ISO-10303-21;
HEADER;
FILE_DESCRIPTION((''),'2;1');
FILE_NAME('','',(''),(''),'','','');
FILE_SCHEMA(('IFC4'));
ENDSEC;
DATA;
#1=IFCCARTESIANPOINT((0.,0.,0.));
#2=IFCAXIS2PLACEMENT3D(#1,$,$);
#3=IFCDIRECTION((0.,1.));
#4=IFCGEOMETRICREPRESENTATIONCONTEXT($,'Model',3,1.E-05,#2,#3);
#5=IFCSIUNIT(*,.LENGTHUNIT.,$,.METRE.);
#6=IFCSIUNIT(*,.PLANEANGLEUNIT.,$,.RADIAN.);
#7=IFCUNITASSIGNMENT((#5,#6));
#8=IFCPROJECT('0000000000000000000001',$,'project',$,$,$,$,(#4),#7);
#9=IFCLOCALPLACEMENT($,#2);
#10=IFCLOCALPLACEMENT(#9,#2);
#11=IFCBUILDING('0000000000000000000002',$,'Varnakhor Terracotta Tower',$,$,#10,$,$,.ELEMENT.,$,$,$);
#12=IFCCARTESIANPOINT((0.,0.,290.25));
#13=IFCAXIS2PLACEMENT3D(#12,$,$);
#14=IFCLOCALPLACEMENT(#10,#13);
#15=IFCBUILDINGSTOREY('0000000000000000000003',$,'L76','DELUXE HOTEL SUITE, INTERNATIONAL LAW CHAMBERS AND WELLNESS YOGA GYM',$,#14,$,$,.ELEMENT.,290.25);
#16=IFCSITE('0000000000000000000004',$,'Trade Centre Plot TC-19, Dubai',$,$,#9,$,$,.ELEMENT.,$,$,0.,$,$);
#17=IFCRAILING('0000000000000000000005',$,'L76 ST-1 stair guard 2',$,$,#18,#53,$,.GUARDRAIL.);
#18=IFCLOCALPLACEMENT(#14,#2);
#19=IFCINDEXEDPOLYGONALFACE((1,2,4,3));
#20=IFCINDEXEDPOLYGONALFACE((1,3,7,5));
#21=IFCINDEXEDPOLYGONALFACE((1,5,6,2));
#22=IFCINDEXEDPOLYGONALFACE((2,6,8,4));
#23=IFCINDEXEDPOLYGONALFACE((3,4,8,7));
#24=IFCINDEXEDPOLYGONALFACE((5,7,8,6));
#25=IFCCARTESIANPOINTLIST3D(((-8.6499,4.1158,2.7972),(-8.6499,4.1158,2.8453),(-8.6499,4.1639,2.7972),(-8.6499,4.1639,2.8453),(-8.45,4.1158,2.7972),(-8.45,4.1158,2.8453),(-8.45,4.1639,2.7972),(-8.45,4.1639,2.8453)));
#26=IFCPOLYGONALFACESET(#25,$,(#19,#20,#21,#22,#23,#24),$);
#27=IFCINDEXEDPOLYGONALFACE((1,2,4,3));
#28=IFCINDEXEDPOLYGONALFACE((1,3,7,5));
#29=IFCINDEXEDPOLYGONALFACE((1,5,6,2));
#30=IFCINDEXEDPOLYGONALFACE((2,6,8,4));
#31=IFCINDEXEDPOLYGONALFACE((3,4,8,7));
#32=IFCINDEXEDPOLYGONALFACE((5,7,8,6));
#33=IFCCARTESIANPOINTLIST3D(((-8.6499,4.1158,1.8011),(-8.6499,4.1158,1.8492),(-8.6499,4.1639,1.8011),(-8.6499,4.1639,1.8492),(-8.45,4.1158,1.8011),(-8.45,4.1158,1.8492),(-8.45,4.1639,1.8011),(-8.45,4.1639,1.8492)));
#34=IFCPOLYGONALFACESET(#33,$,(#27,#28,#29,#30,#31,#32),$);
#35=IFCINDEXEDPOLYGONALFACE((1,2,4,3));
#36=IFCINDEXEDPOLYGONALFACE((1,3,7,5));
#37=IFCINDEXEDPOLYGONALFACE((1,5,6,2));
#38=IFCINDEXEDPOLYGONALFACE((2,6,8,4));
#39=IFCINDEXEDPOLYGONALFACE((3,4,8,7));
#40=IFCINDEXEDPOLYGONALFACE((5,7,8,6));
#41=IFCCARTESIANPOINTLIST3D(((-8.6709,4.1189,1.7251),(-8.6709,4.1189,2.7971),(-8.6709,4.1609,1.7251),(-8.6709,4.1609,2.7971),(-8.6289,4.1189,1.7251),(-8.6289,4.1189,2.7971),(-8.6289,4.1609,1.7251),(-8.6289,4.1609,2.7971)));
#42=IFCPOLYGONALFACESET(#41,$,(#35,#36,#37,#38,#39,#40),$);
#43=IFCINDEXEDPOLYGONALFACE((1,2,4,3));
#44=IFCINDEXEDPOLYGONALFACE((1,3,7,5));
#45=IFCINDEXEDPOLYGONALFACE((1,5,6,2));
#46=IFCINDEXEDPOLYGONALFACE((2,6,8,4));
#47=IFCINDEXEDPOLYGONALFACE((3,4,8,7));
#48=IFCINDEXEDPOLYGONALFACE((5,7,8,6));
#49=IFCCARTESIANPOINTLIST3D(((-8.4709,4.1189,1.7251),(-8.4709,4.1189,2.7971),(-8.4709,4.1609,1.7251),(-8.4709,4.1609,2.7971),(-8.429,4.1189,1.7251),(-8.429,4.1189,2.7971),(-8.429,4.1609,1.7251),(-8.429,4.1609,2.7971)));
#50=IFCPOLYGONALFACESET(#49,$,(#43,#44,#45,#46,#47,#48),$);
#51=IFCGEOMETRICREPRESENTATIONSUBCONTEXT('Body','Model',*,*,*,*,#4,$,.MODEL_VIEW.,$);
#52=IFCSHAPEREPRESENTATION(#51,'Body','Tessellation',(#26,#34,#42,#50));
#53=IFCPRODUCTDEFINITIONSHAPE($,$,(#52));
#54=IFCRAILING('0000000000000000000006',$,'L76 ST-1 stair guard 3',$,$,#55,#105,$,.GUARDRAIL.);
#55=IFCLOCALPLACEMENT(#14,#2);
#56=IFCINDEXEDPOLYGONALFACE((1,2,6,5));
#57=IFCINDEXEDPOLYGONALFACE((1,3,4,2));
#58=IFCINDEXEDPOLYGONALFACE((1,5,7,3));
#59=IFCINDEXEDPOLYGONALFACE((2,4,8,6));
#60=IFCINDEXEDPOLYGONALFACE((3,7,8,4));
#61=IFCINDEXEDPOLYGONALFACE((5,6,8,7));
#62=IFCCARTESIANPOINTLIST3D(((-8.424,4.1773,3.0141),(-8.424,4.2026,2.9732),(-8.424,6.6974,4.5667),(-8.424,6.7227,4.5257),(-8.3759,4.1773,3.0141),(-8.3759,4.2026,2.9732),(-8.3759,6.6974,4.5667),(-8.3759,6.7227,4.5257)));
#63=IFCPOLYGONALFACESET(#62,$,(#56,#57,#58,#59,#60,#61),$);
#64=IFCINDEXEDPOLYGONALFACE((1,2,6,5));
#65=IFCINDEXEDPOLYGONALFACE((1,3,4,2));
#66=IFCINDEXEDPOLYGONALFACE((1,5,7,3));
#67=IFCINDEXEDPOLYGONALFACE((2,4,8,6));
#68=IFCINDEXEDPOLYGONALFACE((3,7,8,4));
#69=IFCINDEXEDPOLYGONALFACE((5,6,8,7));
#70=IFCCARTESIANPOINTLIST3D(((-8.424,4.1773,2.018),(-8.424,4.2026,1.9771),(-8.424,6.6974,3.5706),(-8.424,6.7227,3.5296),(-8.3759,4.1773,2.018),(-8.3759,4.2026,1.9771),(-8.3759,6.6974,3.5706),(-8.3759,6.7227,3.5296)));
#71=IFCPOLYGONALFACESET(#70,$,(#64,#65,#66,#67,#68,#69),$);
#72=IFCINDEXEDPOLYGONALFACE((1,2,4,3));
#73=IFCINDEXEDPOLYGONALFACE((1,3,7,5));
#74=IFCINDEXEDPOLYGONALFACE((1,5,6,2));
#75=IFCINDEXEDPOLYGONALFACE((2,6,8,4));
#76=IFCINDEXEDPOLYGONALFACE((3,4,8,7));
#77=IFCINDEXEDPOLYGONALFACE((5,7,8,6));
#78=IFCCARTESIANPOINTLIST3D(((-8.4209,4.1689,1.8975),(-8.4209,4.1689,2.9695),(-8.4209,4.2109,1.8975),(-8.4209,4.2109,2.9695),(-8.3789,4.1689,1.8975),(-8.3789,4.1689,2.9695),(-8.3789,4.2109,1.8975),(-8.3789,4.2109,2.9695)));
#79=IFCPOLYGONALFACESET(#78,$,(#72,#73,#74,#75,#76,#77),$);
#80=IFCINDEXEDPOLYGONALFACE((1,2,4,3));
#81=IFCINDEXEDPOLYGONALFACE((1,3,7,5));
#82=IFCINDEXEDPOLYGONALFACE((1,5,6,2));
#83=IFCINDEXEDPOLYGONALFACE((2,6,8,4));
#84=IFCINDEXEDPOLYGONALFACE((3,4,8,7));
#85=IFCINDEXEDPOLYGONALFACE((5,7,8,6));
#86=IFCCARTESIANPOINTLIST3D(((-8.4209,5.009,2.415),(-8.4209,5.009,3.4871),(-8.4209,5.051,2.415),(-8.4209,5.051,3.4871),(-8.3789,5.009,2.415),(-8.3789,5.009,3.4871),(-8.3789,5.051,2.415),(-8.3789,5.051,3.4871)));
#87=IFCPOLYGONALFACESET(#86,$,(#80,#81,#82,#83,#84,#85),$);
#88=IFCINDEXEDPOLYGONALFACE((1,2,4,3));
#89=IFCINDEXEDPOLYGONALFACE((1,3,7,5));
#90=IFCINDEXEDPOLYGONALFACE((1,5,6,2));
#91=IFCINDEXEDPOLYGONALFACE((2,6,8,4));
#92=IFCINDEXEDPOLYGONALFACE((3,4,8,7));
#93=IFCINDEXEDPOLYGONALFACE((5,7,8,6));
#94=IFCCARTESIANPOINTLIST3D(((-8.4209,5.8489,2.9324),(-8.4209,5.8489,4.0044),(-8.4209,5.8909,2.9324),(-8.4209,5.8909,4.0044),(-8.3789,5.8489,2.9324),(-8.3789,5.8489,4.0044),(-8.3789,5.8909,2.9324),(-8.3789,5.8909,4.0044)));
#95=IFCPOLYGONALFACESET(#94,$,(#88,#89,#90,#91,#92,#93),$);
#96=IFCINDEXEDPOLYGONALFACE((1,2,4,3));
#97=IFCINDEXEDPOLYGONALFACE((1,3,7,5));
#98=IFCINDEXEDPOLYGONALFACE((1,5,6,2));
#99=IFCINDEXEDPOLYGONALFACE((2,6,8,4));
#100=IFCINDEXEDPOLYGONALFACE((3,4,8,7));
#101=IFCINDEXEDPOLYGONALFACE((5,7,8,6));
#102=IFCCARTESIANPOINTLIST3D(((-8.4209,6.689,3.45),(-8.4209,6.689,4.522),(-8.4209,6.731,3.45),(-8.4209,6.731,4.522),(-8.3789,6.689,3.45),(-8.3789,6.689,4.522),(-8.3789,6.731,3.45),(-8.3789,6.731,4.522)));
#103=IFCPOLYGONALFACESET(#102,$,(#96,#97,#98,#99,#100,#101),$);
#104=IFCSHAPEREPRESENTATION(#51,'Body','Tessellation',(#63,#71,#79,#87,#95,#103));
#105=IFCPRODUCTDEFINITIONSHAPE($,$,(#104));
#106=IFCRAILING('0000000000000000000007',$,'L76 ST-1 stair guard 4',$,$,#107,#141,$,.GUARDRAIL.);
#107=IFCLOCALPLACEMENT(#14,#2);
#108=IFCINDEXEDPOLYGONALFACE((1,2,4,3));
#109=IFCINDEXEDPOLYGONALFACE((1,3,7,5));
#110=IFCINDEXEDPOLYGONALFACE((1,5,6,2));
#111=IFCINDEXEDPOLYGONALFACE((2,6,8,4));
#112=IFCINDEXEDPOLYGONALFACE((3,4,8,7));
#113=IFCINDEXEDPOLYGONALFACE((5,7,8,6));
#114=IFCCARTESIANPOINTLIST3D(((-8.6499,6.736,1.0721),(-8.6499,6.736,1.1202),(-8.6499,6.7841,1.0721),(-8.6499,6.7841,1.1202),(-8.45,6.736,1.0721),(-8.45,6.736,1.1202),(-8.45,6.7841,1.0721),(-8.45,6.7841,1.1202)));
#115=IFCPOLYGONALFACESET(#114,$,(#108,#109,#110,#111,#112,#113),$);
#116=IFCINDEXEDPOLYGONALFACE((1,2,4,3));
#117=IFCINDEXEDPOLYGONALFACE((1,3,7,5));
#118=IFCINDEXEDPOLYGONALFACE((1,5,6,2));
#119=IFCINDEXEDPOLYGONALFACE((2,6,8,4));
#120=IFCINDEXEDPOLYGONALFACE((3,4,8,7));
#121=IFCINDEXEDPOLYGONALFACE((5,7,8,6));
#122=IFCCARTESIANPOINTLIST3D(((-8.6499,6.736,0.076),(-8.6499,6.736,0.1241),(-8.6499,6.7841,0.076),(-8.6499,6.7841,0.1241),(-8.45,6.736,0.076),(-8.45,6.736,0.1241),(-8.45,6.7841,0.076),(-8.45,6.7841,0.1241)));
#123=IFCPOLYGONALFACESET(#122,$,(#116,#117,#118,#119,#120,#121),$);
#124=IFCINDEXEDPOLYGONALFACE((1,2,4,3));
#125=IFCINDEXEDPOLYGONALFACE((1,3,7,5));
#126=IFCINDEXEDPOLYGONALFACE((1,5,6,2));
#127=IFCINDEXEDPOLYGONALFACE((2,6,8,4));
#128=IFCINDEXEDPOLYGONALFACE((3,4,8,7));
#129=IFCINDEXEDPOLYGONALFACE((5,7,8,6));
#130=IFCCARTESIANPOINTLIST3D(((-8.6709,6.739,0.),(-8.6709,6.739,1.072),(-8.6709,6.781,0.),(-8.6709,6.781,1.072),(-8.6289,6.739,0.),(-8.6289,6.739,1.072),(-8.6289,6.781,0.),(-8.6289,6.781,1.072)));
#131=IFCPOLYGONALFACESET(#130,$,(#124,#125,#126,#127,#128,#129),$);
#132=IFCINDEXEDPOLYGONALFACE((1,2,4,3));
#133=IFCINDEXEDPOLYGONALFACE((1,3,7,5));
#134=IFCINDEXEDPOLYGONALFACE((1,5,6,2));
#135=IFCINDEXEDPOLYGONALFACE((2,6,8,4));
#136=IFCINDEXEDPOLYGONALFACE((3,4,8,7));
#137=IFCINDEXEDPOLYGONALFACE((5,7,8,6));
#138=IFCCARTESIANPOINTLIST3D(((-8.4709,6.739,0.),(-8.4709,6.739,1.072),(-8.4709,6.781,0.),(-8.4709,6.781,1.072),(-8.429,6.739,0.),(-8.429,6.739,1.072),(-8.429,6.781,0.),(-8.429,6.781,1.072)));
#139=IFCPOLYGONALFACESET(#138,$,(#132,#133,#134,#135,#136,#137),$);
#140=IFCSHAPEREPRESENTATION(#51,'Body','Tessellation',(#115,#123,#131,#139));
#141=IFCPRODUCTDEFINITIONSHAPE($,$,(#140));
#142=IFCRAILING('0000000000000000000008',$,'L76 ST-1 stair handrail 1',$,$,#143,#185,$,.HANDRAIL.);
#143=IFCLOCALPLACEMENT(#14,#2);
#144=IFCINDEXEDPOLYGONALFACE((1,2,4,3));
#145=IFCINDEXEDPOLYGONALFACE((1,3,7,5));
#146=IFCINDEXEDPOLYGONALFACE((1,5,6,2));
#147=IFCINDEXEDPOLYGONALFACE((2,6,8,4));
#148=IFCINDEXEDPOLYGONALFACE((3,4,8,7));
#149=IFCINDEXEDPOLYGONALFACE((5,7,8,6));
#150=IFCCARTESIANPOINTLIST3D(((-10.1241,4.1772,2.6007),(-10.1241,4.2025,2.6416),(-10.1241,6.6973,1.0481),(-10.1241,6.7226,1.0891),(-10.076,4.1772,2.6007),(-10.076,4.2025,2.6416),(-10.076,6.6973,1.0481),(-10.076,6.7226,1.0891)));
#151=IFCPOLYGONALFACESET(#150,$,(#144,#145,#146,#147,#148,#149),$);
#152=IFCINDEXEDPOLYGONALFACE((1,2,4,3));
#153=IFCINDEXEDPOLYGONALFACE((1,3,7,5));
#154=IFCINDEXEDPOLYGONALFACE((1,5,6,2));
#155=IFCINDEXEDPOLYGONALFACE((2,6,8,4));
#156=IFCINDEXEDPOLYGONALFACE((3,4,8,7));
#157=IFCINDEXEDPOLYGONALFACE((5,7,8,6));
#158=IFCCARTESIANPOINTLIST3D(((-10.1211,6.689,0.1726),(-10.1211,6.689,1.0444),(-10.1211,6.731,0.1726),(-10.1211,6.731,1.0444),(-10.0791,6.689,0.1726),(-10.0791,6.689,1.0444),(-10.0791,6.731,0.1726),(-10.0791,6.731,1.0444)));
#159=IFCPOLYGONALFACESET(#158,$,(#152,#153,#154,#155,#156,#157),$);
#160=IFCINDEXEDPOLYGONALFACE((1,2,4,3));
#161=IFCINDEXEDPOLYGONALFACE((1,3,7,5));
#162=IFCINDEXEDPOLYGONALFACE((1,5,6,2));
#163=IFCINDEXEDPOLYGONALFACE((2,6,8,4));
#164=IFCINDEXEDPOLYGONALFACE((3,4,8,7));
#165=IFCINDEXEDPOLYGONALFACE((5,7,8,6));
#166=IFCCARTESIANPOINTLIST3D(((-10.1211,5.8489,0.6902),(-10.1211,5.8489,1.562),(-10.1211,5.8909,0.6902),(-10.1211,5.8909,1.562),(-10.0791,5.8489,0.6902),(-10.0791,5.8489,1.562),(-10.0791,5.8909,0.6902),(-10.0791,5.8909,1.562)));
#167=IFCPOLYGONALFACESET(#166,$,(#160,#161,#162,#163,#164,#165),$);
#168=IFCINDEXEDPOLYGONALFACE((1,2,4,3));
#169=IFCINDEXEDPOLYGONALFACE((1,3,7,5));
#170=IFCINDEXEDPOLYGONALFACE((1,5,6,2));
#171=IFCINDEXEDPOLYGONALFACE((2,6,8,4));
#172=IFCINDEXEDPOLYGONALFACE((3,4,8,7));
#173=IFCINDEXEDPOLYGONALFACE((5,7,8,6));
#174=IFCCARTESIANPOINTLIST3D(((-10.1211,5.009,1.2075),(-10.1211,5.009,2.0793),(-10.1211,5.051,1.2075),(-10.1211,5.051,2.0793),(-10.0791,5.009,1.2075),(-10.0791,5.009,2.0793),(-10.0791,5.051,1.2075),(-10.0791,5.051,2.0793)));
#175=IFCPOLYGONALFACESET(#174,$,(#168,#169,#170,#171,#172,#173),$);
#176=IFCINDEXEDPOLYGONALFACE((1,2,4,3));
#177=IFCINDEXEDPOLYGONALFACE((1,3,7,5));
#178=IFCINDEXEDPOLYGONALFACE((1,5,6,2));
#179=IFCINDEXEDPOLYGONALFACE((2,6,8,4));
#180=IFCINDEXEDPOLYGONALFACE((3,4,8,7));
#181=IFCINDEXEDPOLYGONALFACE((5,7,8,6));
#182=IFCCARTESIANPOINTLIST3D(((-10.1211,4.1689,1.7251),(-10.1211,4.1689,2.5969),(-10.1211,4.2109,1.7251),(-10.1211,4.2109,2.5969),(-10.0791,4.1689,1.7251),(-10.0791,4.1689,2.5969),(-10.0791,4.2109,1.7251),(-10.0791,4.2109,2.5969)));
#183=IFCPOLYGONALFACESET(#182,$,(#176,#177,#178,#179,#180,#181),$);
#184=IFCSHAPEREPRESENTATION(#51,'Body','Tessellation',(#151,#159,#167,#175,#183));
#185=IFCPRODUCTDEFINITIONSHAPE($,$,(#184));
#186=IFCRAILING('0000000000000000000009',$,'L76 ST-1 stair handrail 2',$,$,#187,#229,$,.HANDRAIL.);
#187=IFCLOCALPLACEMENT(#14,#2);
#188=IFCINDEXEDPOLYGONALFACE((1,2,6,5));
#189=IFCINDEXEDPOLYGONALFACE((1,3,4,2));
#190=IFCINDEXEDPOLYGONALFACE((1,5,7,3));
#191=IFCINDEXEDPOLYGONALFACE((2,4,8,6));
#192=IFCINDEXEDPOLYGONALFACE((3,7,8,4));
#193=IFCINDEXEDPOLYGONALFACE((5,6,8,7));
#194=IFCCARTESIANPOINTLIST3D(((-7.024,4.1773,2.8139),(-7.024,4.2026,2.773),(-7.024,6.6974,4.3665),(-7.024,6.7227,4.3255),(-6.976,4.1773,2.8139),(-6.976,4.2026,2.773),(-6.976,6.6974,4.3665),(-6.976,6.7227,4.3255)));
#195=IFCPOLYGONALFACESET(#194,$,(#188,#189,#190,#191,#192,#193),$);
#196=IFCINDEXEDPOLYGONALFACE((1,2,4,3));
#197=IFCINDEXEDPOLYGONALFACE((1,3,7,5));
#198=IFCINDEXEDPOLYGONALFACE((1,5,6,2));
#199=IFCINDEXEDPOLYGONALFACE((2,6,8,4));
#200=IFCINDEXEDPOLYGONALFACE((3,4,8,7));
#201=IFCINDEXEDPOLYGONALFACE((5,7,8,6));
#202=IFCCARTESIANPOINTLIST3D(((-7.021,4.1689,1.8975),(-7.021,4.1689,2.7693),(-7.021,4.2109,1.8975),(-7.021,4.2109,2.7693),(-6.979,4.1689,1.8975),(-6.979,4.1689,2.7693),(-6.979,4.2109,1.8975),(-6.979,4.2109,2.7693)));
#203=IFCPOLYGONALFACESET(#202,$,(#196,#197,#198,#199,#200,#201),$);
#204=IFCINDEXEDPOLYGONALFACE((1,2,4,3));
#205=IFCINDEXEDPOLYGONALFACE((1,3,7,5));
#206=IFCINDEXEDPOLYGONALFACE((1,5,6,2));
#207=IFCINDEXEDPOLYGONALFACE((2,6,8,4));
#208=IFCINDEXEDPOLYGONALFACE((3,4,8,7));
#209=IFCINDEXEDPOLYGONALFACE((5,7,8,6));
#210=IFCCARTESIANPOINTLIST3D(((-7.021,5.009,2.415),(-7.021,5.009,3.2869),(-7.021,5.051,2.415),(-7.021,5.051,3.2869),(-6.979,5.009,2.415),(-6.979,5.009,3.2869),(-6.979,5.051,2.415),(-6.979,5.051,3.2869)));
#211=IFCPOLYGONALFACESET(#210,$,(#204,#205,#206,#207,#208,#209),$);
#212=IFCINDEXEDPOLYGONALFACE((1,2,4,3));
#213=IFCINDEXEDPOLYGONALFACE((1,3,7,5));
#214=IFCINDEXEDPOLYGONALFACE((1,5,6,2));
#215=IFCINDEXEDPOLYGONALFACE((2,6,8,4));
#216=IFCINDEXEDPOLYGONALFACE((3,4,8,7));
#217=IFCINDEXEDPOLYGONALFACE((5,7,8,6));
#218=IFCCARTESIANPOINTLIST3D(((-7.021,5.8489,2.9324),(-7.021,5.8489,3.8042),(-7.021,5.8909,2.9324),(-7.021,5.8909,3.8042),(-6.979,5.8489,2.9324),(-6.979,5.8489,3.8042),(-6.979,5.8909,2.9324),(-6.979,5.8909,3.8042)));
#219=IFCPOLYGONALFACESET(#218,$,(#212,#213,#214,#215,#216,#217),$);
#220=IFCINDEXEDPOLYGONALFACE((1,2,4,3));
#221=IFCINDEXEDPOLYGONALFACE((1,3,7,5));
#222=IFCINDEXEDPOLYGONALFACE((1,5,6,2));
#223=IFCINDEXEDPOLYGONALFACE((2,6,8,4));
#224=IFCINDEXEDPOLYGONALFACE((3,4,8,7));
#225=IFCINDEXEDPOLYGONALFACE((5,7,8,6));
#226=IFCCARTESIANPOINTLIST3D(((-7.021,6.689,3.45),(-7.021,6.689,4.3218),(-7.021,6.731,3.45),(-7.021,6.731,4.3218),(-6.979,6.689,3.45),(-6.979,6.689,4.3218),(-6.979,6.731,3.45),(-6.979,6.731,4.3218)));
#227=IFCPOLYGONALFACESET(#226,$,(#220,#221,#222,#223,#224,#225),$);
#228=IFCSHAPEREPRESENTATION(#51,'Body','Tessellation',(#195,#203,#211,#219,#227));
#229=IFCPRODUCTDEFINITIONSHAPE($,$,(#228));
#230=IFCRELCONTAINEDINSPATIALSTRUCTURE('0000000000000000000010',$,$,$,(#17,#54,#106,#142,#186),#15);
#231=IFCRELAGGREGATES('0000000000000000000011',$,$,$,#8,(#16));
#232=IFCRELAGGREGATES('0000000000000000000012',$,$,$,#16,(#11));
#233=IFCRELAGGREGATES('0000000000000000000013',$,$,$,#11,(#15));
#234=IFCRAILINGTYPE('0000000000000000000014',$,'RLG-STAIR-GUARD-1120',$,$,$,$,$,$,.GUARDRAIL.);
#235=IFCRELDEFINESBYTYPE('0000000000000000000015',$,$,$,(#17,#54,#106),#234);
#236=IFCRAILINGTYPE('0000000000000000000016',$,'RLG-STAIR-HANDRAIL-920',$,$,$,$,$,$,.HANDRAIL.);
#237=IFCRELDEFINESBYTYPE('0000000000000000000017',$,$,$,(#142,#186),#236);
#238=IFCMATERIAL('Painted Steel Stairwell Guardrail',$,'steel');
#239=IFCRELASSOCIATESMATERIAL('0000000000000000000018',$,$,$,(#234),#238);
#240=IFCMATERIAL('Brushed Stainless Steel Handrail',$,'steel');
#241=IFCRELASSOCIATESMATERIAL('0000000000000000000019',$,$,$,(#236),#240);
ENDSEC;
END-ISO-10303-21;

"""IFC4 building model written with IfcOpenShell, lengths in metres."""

from ifc_helpers import new_model, si_unit, direction, frame, origin, origin_2d, place, context, subcontext, project, spatial, rectangle, extrude, material, type_object, element, save


model = new_model("IFC4")

# Units and contexts
model_context = context("Model", 3, precision=1e-05, world=origin(), true_north=direction((0.0, 1.0)))
body_context = subcontext(model_context, "Body", "Model", "MODEL_VIEW")
ifc_project = project(units=[si_unit("LENGTHUNIT", "METRE"), si_unit("PLANEANGLEUNIT", "RADIAN")], contexts=[model_context])

# Site, building, storey
site_placement = place(None, origin())
site = spatial("IfcSite", under=ifc_project, at=site_placement, Name="Trade Centre Plot TC-19, Dubai", CompositionType="ELEMENT", RefElevation=0.0)
building_placement = place(site_placement, origin())
building = spatial("IfcBuilding", under=site, at=building_placement, Name="Varnakhor Terracotta Tower", CompositionType="ELEMENT")
storey_placement = place(building_placement, frame((0.0, 0.0, 290.25)))
storey = spatial("IfcBuildingStorey", under=building, at=storey_placement, Name="L76", Description="DELUXE HOTEL SUITE, INTERNATIONAL LAW CHAMBERS AND WELLNESS YOGA GYM", CompositionType="ELEMENT", Elevation=290.25)

# Railings
ifc_material_1 = material(Name="Painted Steel Stairwell Guardrail", Category="steel")
railing_type_1 = type_object("IfcRailingType", Name="RLG-STAIR-GUARD-1120", PredefinedType="GUARDRAIL", material=ifc_material_1)
railing_1_placement = place(storey_placement, frame((-8.6499, 4.1399, 1.7251)))
element("IfcRailing", 1, at=railing_1_placement, inside=storey, type_object=railing_type_1, Name="L76 ST-1 stair guard 2", PredefinedType="GUARDRAIL", context=body_context, shape_type="SweptSolid", body=[
    extrude(rectangle(XDim=0.0481, YDim=0.0481, at=origin_2d()), frame((0.0, 0.0, 1.0962), z_axis=(1.0, 0.0, 0.0), x_axis=(0.0, 1.0, 0.0)), (0.0, 0.0, 1.0), 0.2),
    extrude(rectangle(XDim=0.0481, YDim=0.0481, at=origin_2d()), frame((0.0, 0.0, 0.1001), z_axis=(1.0, 0.0, 0.0), x_axis=(0.0, 1.0, 0.0)), (0.0, 0.0, 1.0), 0.2),
    extrude(rectangle(XDim=0.042, YDim=0.042, at=origin_2d()), origin(), (0.0, 0.0, 1.0), 1.072),
    extrude(rectangle(XDim=0.042, YDim=0.042, at=origin_2d()), frame((0.2, 0.0, 0.0)), (0.0, 0.0, 1.0), 1.072),
])
railing_2_placement = place(storey_placement, frame((-8.3999, 4.1899, 1.8975)))
element("IfcRailing", 2, at=railing_2_placement, inside=storey, type_object=railing_type_1, Name="L76 ST-1 stair guard 3", PredefinedType="GUARDRAIL", context=body_context, shape_type="SweptSolid", body=[
    extrude(rectangle(XDim=0.0481, YDim=0.0481, at=origin_2d()), frame((0.0, 0.0, 1.0962), z_axis=(0.0, 0.8514, 0.524516), x_axis=(-1.0, 0.0, 0.0)), (0.0, 0.0, 1.0), 2.96),
    extrude(rectangle(XDim=0.0481, YDim=0.0481, at=origin_2d()), frame((0.0, 0.0, 0.1001), z_axis=(0.0, 0.8514, 0.524516), x_axis=(-1.0, 0.0, 0.0)), (0.0, 0.0, 1.0), 2.96),
    extrude(rectangle(XDim=0.042, YDim=0.042, at=origin_2d()), origin(), (0.0, 0.0, 1.0), 1.072),
    extrude(rectangle(XDim=0.042, YDim=0.042, at=origin_2d()), frame((0.0, 0.8401, 0.5176)), (0.0, 0.0, 1.0), 1.072),
    extrude(rectangle(XDim=0.042, YDim=0.042, at=origin_2d()), frame((0.0, 1.6799, 1.0349)), (0.0, 0.0, 1.0), 1.072),
    extrude(rectangle(XDim=0.042, YDim=0.042, at=origin_2d()), frame((0.0, 2.52, 1.5525)), (0.0, 0.0, 1.0), 1.072),
])
railing_3_placement = place(storey_placement, frame((-8.6499, 6.76, 0.0)))
element("IfcRailing", 3, at=railing_3_placement, inside=storey, type_object=railing_type_1, Name="L76 ST-1 stair guard 4", PredefinedType="GUARDRAIL", context=body_context, shape_type="SweptSolid", body=[
    extrude(rectangle(XDim=0.0481, YDim=0.0481, at=origin_2d()), frame((0.0, 0.0, 1.0962), z_axis=(1.0, 0.0, 0.0), x_axis=(0.0, 1.0, 0.0)), (0.0, 0.0, 1.0), 0.2),
    extrude(rectangle(XDim=0.0481, YDim=0.0481, at=origin_2d()), frame((0.0, 0.0, 0.1001), z_axis=(1.0, 0.0, 0.0), x_axis=(0.0, 1.0, 0.0)), (0.0, 0.0, 1.0), 0.2),
    extrude(rectangle(XDim=0.042, YDim=0.042, at=origin_2d()), origin(), (0.0, 0.0, 1.0), 1.072),
    extrude(rectangle(XDim=0.042, YDim=0.042, at=origin_2d()), frame((0.2, 0.0, 0.0)), (0.0, 0.0, 1.0), 1.072),
])
ifc_material_2 = material(Name="Brushed Stainless Steel Handrail", Category="steel")
railing_type_2 = type_object("IfcRailingType", Name="RLG-STAIR-HANDRAIL-920", PredefinedType="HANDRAIL", material=ifc_material_2)
railing_4_placement = place(storey_placement, frame((-10.1001, 6.71, 0.1726)))
element("IfcRailing", 4, at=railing_4_placement, inside=storey, type_object=railing_type_2, Name="L76 ST-1 stair handrail 1", PredefinedType="HANDRAIL", context=body_context, shape_type="SweptSolid", body=[
    extrude(rectangle(XDim=0.0481, YDim=0.0481, at=origin_2d()), frame((0.0, 0.0, 0.896), z_axis=(0.0, -0.8514, 0.524516), x_axis=(1.0, 0.0, 0.0)), (0.0, 0.0, 1.0), 2.96),
    extrude(rectangle(XDim=0.042, YDim=0.042, at=origin_2d()), origin(), (0.0, 0.0, 1.0), 0.8718),
    extrude(rectangle(XDim=0.042, YDim=0.042, at=origin_2d()), frame((0.0, -0.8401, 0.5176)), (0.0, 0.0, 1.0), 0.8718),
    extrude(rectangle(XDim=0.042, YDim=0.042, at=origin_2d()), frame((0.0, -1.6799, 1.0349)), (0.0, 0.0, 1.0), 0.8718),
    extrude(rectangle(XDim=0.042, YDim=0.042, at=origin_2d()), frame((0.0, -2.52, 1.5525)), (0.0, 0.0, 1.0), 0.8718),
])
railing_5_placement = place(storey_placement, frame((-7.0, 4.1899, 1.8975)))
element("IfcRailing", 5, at=railing_5_placement, inside=storey, type_object=railing_type_2, Name="L76 ST-1 stair handrail 2", PredefinedType="HANDRAIL", context=body_context, shape_type="SweptSolid", body=[
    extrude(rectangle(XDim=0.0481, YDim=0.0481, at=origin_2d()), frame((0.0, 0.0, 0.896), z_axis=(0.0, 0.8514, 0.524516), x_axis=(-1.0, 0.0, 0.0)), (0.0, 0.0, 1.0), 2.96),
    extrude(rectangle(XDim=0.042, YDim=0.042, at=origin_2d()), origin(), (0.0, 0.0, 1.0), 0.8718),
    extrude(rectangle(XDim=0.042, YDim=0.042, at=origin_2d()), frame((0.0, 0.8401, 0.5176)), (0.0, 0.0, 1.0), 0.8718),
    extrude(rectangle(XDim=0.042, YDim=0.042, at=origin_2d()), frame((0.0, 1.6799, 1.0349)), (0.0, 0.0, 1.0), 0.8718),
    extrude(rectangle(XDim=0.042, YDim=0.042, at=origin_2d()), frame((0.0, 2.52, 1.5525)), (0.0, 0.0, 1.0), 0.8718),
])

save(model, "model.ifc")
